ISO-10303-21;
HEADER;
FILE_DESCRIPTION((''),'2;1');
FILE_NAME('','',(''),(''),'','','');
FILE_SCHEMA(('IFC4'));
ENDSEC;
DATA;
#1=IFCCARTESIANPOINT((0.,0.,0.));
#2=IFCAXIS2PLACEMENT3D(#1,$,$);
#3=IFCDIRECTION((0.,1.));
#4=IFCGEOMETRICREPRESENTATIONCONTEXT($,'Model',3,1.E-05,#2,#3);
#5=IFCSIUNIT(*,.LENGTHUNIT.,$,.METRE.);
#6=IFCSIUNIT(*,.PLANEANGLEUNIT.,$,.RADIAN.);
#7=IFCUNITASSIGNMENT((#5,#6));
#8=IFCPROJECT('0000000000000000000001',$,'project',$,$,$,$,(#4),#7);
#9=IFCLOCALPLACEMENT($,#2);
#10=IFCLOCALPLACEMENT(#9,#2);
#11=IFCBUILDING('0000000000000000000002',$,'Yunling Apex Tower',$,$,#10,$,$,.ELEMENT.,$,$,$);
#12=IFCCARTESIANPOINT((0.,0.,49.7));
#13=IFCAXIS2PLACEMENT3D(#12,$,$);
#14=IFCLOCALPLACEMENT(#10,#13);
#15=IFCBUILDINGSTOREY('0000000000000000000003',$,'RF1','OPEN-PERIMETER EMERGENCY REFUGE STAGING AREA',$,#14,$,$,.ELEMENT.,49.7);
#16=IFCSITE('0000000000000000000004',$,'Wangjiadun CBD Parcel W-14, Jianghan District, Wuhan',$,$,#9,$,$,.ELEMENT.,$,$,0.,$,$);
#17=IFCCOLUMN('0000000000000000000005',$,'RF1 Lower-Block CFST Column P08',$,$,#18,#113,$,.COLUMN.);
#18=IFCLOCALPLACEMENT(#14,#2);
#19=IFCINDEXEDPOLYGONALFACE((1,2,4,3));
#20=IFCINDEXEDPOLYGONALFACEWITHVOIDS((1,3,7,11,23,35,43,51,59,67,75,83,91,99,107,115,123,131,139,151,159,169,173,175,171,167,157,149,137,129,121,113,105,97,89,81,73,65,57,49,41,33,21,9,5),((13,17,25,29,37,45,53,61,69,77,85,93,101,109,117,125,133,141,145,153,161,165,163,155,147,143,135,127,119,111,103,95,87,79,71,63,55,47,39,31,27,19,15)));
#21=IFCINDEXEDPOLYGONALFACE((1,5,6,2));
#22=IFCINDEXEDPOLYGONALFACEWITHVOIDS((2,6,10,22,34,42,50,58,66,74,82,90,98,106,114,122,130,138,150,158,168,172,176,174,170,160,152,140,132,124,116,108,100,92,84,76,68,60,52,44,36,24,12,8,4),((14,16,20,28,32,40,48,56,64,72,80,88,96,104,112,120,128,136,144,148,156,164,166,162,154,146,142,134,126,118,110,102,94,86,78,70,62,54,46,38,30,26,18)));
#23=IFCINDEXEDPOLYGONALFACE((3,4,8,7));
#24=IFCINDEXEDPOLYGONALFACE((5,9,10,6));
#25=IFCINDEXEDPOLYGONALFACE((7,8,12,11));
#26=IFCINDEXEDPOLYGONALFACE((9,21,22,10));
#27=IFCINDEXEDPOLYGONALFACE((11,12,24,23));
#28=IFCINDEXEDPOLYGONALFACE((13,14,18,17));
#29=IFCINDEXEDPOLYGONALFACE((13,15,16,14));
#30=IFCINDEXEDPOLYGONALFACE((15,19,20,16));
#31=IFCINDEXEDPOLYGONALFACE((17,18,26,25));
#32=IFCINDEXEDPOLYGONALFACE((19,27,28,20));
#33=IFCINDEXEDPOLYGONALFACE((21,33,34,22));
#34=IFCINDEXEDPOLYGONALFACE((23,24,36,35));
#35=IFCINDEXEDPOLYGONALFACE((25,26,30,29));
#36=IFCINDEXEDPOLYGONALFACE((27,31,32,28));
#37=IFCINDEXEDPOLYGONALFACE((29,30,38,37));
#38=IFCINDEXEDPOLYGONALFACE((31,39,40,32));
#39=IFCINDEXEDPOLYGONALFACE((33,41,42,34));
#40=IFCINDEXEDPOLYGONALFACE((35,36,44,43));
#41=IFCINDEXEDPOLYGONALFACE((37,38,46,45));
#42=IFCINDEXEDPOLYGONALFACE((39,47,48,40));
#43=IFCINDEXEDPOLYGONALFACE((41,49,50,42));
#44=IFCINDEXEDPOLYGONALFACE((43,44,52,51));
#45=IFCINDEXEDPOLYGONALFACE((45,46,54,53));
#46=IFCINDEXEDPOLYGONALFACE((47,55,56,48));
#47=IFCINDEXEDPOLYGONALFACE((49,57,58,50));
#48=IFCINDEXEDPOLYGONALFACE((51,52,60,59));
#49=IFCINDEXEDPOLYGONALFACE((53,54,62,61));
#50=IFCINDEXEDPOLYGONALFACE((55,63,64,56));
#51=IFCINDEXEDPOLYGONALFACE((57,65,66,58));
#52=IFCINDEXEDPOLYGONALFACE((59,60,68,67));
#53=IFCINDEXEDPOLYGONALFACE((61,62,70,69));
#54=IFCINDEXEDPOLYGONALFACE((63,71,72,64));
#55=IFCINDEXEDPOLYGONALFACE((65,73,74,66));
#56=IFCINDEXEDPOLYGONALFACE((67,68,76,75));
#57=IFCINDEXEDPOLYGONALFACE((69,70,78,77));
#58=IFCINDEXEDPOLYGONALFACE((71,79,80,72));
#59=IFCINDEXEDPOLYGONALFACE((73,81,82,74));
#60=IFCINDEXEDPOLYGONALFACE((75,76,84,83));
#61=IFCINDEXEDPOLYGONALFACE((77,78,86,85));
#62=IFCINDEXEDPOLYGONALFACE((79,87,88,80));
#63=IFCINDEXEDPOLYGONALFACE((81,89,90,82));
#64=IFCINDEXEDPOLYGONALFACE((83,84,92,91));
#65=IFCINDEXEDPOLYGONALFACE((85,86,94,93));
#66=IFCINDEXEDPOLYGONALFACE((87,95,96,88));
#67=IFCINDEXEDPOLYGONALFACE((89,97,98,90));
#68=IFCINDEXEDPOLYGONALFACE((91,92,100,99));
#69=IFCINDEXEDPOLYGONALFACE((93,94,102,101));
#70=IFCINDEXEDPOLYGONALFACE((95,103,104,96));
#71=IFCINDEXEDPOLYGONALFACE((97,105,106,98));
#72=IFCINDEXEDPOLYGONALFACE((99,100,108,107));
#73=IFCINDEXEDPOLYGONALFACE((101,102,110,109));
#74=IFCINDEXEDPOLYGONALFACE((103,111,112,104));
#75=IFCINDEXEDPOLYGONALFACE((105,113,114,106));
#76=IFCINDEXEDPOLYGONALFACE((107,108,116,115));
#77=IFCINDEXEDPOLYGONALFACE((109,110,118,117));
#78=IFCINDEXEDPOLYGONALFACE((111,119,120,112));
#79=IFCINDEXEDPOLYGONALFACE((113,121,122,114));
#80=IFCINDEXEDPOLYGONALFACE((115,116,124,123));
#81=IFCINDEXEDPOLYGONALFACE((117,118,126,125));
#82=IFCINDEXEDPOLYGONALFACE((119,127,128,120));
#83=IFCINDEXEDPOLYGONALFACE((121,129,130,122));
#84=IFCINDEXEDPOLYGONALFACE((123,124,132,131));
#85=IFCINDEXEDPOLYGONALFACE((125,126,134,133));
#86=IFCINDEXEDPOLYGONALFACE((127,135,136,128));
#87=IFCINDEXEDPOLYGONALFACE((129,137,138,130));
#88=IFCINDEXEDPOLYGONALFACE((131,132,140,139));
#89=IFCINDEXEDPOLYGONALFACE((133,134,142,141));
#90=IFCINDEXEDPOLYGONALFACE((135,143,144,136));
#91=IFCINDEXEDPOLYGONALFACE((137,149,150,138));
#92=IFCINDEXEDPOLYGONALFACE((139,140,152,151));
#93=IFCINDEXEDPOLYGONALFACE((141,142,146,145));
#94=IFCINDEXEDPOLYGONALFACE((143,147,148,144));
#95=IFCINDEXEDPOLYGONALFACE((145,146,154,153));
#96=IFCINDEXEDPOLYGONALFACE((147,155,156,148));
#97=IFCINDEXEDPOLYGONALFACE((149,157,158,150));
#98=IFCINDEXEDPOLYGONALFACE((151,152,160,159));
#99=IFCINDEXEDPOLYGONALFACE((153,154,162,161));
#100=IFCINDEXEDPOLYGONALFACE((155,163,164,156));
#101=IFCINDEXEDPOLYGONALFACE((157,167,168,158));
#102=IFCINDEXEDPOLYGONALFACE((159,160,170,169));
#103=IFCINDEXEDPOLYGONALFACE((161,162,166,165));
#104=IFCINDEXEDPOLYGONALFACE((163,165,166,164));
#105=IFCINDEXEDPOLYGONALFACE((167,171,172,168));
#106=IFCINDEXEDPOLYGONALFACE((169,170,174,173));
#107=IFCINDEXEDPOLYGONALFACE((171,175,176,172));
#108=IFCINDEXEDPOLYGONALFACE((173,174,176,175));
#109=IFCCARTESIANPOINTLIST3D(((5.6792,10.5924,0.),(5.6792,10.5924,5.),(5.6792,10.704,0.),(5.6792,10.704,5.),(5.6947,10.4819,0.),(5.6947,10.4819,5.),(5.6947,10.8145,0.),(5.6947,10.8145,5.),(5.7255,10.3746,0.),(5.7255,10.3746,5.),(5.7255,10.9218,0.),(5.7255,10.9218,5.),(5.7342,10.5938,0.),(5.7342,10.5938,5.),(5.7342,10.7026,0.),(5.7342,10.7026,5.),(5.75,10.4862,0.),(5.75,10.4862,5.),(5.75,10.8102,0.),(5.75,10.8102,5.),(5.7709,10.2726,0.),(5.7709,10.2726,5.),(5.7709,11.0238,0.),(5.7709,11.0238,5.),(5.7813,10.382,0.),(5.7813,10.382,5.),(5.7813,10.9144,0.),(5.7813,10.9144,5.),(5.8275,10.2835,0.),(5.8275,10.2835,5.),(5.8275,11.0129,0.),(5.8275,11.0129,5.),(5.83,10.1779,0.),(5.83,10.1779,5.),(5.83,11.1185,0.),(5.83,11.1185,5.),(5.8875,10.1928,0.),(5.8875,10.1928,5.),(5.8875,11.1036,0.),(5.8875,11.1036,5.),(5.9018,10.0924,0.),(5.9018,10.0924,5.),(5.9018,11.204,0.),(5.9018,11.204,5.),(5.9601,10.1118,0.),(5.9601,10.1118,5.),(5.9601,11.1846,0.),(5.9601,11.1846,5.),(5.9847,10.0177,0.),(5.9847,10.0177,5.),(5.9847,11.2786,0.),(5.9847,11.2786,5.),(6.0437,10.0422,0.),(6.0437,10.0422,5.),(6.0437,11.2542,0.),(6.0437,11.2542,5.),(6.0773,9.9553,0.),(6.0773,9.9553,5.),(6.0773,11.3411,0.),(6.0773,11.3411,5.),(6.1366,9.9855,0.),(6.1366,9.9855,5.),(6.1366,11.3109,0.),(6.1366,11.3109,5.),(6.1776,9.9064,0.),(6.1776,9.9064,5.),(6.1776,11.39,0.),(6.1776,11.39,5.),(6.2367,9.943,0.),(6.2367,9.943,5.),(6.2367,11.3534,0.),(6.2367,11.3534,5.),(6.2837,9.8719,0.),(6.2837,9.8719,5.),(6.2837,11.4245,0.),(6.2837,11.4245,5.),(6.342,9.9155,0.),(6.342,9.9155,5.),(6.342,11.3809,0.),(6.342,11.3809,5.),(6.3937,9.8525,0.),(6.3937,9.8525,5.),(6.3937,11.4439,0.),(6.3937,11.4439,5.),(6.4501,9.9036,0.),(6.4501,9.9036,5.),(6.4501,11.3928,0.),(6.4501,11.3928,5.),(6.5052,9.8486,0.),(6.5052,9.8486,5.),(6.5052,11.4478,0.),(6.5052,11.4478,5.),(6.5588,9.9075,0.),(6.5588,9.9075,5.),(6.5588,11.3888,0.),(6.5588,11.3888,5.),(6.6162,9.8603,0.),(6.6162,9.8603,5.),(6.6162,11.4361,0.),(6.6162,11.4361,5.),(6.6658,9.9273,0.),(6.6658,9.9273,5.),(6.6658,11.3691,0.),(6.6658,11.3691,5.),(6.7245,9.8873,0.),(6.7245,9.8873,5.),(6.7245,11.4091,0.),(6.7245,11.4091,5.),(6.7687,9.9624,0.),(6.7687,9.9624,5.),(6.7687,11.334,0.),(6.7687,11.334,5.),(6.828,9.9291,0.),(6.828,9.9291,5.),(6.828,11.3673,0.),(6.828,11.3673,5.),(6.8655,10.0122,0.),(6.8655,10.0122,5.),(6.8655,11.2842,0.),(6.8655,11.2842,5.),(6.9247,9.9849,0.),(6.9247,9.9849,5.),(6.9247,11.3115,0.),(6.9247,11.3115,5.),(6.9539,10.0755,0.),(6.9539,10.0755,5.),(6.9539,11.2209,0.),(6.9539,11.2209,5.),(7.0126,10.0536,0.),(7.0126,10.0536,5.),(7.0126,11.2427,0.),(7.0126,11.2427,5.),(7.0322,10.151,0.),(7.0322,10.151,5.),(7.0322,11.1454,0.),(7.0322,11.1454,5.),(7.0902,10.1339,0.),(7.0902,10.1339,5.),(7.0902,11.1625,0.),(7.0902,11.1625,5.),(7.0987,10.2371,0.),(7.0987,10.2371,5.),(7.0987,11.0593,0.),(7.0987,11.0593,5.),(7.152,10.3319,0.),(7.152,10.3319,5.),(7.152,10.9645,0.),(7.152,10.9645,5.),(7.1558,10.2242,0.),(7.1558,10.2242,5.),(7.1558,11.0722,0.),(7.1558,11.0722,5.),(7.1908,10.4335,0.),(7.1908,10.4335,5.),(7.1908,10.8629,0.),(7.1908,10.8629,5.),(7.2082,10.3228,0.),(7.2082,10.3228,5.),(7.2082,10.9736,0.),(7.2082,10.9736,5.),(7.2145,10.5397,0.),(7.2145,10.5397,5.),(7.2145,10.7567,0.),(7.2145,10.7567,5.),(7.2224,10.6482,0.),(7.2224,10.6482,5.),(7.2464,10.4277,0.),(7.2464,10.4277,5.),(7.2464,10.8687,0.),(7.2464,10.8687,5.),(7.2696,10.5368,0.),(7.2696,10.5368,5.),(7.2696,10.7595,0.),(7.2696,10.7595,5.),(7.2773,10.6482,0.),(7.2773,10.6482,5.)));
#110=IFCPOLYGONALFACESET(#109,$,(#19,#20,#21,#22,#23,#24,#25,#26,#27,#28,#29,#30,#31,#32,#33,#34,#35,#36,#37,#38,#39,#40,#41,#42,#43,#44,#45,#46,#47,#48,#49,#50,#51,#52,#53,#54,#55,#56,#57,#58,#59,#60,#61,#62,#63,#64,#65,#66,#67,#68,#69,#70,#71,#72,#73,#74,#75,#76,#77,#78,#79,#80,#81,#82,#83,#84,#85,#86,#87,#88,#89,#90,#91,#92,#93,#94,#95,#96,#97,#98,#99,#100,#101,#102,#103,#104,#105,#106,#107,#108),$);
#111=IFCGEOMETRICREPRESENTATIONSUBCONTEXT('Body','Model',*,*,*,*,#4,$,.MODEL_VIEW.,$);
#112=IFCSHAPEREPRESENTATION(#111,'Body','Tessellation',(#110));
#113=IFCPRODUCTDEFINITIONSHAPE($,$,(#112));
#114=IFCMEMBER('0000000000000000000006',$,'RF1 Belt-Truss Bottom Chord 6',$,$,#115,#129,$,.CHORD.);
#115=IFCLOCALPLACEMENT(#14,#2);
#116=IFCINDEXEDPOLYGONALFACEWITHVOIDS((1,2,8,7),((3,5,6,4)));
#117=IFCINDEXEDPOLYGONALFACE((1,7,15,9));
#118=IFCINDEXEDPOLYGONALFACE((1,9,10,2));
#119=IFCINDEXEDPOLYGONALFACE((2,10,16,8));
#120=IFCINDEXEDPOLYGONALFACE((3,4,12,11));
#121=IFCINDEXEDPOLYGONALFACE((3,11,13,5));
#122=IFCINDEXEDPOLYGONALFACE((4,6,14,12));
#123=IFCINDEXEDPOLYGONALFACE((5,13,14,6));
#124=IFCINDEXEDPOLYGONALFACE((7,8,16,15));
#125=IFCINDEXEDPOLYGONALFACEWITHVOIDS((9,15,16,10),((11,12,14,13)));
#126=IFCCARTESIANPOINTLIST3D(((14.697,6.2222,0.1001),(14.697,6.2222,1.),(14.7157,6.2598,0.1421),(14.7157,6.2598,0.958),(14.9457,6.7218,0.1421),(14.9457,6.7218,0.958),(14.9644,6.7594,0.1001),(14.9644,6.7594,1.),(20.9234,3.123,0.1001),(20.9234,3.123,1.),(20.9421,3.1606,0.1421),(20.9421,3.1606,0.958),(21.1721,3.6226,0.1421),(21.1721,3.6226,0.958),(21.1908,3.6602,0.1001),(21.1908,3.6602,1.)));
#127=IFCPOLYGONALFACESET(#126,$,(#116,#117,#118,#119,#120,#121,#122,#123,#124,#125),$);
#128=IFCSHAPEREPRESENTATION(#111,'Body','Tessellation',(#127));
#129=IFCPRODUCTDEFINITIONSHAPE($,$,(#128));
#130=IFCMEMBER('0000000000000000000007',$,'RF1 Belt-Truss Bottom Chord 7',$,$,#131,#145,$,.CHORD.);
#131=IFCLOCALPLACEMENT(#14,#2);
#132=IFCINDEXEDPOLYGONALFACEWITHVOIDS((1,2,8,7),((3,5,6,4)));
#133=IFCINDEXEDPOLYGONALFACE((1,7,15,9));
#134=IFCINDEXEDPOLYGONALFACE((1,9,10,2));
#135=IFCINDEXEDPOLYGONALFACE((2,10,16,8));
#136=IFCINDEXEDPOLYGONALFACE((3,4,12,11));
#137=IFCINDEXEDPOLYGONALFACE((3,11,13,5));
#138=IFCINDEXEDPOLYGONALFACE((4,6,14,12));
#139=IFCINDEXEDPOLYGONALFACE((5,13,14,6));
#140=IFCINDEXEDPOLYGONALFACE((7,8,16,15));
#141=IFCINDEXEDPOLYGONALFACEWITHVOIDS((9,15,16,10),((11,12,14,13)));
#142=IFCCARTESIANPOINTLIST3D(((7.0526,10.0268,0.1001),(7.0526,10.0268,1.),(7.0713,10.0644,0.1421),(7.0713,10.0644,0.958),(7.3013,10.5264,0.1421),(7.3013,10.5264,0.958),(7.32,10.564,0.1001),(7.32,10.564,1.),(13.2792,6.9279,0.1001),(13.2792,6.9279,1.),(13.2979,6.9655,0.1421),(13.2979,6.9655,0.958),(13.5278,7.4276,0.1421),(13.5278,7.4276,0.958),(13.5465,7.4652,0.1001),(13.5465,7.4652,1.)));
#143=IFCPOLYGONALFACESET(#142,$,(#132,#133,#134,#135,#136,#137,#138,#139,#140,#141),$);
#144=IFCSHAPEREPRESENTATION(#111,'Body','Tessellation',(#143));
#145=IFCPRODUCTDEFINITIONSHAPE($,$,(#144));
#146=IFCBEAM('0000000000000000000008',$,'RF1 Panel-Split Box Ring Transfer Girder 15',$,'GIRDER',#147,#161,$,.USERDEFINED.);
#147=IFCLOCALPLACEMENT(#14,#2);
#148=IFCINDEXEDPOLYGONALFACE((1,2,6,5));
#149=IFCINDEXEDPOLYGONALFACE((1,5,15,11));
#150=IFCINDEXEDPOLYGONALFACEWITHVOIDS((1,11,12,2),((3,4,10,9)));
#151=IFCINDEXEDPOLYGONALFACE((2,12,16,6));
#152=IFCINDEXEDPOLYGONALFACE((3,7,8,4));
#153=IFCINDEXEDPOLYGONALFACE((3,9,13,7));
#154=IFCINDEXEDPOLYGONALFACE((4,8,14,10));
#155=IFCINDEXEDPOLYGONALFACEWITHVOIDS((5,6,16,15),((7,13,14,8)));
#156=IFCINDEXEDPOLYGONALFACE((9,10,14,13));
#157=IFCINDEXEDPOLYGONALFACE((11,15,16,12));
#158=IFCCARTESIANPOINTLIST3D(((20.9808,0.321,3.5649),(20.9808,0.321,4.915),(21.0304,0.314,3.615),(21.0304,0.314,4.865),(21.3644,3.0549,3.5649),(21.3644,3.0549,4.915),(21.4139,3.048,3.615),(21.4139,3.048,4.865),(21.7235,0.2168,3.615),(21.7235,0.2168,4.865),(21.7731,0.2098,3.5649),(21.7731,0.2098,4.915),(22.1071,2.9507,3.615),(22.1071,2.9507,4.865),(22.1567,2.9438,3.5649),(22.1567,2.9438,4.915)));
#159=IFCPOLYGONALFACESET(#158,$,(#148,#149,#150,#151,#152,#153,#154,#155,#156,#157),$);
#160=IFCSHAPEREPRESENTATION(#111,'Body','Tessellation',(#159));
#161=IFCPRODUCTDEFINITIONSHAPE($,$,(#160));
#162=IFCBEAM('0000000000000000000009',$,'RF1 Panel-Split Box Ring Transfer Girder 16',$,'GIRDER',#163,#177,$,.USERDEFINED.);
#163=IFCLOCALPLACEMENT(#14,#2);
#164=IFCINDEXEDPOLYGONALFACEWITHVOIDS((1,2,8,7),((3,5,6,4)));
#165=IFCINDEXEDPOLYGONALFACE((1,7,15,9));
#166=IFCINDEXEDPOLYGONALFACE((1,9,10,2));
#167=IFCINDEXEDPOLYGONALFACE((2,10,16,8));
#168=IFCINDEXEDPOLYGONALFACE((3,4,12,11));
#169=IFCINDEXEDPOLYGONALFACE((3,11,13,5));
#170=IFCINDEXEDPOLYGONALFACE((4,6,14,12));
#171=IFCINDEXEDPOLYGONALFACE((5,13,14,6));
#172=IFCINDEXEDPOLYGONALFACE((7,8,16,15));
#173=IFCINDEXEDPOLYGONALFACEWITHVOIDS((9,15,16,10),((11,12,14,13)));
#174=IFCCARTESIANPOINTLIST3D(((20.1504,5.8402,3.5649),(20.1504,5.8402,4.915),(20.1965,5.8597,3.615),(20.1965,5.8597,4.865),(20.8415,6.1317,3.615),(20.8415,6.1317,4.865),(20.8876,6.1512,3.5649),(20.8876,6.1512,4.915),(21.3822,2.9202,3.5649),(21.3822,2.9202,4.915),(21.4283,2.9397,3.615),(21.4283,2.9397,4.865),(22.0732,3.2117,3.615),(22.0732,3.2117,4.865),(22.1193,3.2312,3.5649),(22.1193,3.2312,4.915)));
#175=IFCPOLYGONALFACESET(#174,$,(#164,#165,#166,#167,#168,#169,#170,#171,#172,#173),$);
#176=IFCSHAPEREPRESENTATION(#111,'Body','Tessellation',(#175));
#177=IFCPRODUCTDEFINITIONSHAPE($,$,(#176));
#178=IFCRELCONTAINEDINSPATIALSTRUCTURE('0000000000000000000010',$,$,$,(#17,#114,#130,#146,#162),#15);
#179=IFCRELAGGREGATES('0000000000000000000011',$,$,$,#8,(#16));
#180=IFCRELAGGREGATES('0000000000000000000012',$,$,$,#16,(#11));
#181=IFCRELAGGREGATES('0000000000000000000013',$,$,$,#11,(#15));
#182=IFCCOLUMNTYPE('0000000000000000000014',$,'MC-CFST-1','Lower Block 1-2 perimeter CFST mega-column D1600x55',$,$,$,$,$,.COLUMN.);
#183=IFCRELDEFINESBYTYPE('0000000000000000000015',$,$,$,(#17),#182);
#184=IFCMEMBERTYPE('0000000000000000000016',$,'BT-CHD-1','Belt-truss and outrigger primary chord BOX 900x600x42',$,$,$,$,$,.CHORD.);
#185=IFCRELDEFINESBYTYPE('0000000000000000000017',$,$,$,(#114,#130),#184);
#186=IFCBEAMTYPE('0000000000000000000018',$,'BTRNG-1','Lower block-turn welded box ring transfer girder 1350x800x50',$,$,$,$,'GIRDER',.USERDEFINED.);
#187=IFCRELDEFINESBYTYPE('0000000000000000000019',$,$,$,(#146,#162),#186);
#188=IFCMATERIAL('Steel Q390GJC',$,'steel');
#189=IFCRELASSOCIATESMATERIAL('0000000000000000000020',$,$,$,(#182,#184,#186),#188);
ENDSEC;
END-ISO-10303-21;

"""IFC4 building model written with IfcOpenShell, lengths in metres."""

from ifc_helpers import new_model, si_unit, direction, frame, origin, origin_2d, place, context, subcontext, project, spatial, hollow_rectangle, hollow_circle, extrude, source, transform, mapped, material, material_profile, profile_set, type_object, element, save


model = new_model("IFC4")

# Units and contexts
model_context = context("Model", 3, precision=1e-05, world=origin(), true_north=direction((0.0, 1.0)))
body_context = subcontext(model_context, "Body", "Model", "MODEL_VIEW")
ifc_project = project(units=[si_unit("LENGTHUNIT", "METRE"), si_unit("PLANEANGLEUNIT", "RADIAN")], contexts=[model_context])

# Site, building, storey
site_placement = place(None, origin())
site = spatial("IfcSite", under=ifc_project, at=site_placement, Name="Wangjiadun CBD Parcel W-14, Jianghan District, Wuhan", CompositionType="ELEMENT", RefElevation=0.0)
building_placement = place(site_placement, origin())
building = spatial("IfcBuilding", under=site, at=building_placement, Name="Yunling Apex Tower", CompositionType="ELEMENT")
storey_placement = place(building_placement, frame((0.0, 0.0, 49.7)))
storey = spatial("IfcBuildingStorey", under=building, at=storey_placement, Name="RF1", Description="OPEN-PERIMETER EMERGENCY REFUGE STAGING AREA", CompositionType="ELEMENT", Elevation=49.7)

# Column
ifc_material_1 = material(Name="Steel Q390GJC", Category="steel")
ifc_material_profile_1 = material_profile(ifc_material_1, hollow_circle(Radius=0.8, WallThickness=0.0549, at=origin_2d()))
ifc_profile_set_1 = profile_set([ifc_material_profile_1], Name="Steel Q390GJC")
column_type = type_object("IfcColumnType", Name="MC-CFST-1", Description="Lower Block 1-2 perimeter CFST mega-column D1600x55", PredefinedType="COLUMN", material=ifc_profile_set_1)
shared_shape_1 = source(origin(), body_context, "Body", "SweptSolid", [
    extrude(hollow_circle(Radius=0.8, WallThickness=0.0549, at=origin_2d()), origin(), (0.0, 0.0, 1.0), 5.0),
])
for number, where, z_axis, x_axis, name in (
    (1, (6.4773, 10.6482, 0.0), (0.0, 0.0, 1.0), (1.0, 0.0, 0.0), "RF1 Lower-Block CFST Column P08"),
):
    element("IfcColumn", number, at=place(storey_placement, frame(where, z_axis=z_axis, x_axis=x_axis)), inside=storey, type_object=column_type, Name=name, PredefinedType="COLUMN", context=body_context, shape_type="MappedRepresentation", body=[
        mapped(shared_shape_1, transform((0.0, 0.0, 0.0), scale=1.0)),
    ])

# Members
ifc_material_profile_2 = material_profile(ifc_material_1, hollow_rectangle(XDim=0.6001, YDim=0.8999, WallThickness=0.042, at=origin_2d()))
ifc_profile_set_2 = profile_set([ifc_material_profile_2], Name="Steel Q390GJC")
member_type_1 = type_object("IfcMemberType", Name="BT-CHD-1", Description="Belt-truss and outrigger primary chord BOX 900x600x42", PredefinedType="CHORD", material=ifc_profile_set_2)
shared_shape_2 = source(origin(), body_context, "Body", "SweptSolid", [
    extrude(hollow_rectangle(XDim=0.6001, YDim=0.8999, WallThickness=0.042, at=origin_2d()), origin(), (0.0, 0.0, 1.0), 6.9551),
])
for number, where, z_axis, x_axis, name in (
    (2, (21.0571, 3.3916, 0.55), (-0.895233, 0.445598, 0.0), (-0.445598, -0.895233, 0.0), "RF1 Belt-Truss Bottom Chord 6"),
    (3, (13.4128, 7.1965, 0.55), (-0.895254, 0.445556, 0.0), (-0.445556, -0.895254, 0.0), "RF1 Belt-Truss Bottom Chord 7"),
):
    element("IfcMember", number, at=place(storey_placement, frame(where, z_axis=z_axis, x_axis=x_axis)), inside=storey, type_object=member_type_1, Name=name, PredefinedType="CHORD", context=body_context, shape_type="MappedRepresentation", body=[
        mapped(shared_shape_2, transform((0.0, 0.0, 0.0), scale=1.0)),
    ])

# Beams
ifc_material_profile_3 = material_profile(ifc_material_1, hollow_rectangle(XDim=0.8, YDim=1.3501, WallThickness=0.05, at=origin_2d()))
ifc_profile_set_3 = profile_set([ifc_material_profile_3], Name="Steel Q390GJC")
beam_type = type_object("IfcBeamType", Name="BTRNG-1", Description="Lower block-turn welded box ring transfer girder 1350x800x50", ElementType="GIRDER", PredefinedType="USERDEFINED", material=ifc_profile_set_3)
shared_shape_3 = source(origin(), body_context, "Body", "SweptSolid", [
    extrude(hollow_rectangle(XDim=0.8, YDim=1.3501, WallThickness=0.05, at=origin_2d()), origin(), (0.0, 0.0, 1.0), 2.7607),
])
beam_1_placement = place(storey_placement, frame((21.377, 0.2654, 4.24), z_axis=(0.138932, 0.990302, 0.0), x_axis=(-0.990302, 0.138932, 0.0)))
element("IfcBeam", 4, at=beam_1_placement, inside=storey, type_object=beam_type, Name="RF1 Panel-Split Box Ring Transfer Girder 15", ObjectType="GIRDER", PredefinedType="USERDEFINED", context=body_context, shape_type="MappedRepresentation", body=[
    mapped(shared_shape_3, transform((0.0, 0.0, 0.0), scale=1.0)),
])
shared_shape_4 = source(origin(), body_context, "Body", "SweptSolid", [
    extrude(hollow_rectangle(XDim=0.8, YDim=1.3501, WallThickness=0.05, at=origin_2d()), origin(), (0.0, 0.0, 1.0), 3.1692),
])
beam_2_placement = place(storey_placement, frame((21.7507, 3.0757, 4.24), z_axis=(-0.38866, 0.921381, 0.0), x_axis=(-0.921381, -0.38866, 0.0)))
element("IfcBeam", 5, at=beam_2_placement, inside=storey, type_object=beam_type, Name="RF1 Panel-Split Box Ring Transfer Girder 16", ObjectType="GIRDER", PredefinedType="USERDEFINED", context=body_context, shape_type="MappedRepresentation", body=[
    mapped(shared_shape_4, transform((0.0, 0.0, 0.0), scale=1.0)),
])

save(model, "model.ifc")
